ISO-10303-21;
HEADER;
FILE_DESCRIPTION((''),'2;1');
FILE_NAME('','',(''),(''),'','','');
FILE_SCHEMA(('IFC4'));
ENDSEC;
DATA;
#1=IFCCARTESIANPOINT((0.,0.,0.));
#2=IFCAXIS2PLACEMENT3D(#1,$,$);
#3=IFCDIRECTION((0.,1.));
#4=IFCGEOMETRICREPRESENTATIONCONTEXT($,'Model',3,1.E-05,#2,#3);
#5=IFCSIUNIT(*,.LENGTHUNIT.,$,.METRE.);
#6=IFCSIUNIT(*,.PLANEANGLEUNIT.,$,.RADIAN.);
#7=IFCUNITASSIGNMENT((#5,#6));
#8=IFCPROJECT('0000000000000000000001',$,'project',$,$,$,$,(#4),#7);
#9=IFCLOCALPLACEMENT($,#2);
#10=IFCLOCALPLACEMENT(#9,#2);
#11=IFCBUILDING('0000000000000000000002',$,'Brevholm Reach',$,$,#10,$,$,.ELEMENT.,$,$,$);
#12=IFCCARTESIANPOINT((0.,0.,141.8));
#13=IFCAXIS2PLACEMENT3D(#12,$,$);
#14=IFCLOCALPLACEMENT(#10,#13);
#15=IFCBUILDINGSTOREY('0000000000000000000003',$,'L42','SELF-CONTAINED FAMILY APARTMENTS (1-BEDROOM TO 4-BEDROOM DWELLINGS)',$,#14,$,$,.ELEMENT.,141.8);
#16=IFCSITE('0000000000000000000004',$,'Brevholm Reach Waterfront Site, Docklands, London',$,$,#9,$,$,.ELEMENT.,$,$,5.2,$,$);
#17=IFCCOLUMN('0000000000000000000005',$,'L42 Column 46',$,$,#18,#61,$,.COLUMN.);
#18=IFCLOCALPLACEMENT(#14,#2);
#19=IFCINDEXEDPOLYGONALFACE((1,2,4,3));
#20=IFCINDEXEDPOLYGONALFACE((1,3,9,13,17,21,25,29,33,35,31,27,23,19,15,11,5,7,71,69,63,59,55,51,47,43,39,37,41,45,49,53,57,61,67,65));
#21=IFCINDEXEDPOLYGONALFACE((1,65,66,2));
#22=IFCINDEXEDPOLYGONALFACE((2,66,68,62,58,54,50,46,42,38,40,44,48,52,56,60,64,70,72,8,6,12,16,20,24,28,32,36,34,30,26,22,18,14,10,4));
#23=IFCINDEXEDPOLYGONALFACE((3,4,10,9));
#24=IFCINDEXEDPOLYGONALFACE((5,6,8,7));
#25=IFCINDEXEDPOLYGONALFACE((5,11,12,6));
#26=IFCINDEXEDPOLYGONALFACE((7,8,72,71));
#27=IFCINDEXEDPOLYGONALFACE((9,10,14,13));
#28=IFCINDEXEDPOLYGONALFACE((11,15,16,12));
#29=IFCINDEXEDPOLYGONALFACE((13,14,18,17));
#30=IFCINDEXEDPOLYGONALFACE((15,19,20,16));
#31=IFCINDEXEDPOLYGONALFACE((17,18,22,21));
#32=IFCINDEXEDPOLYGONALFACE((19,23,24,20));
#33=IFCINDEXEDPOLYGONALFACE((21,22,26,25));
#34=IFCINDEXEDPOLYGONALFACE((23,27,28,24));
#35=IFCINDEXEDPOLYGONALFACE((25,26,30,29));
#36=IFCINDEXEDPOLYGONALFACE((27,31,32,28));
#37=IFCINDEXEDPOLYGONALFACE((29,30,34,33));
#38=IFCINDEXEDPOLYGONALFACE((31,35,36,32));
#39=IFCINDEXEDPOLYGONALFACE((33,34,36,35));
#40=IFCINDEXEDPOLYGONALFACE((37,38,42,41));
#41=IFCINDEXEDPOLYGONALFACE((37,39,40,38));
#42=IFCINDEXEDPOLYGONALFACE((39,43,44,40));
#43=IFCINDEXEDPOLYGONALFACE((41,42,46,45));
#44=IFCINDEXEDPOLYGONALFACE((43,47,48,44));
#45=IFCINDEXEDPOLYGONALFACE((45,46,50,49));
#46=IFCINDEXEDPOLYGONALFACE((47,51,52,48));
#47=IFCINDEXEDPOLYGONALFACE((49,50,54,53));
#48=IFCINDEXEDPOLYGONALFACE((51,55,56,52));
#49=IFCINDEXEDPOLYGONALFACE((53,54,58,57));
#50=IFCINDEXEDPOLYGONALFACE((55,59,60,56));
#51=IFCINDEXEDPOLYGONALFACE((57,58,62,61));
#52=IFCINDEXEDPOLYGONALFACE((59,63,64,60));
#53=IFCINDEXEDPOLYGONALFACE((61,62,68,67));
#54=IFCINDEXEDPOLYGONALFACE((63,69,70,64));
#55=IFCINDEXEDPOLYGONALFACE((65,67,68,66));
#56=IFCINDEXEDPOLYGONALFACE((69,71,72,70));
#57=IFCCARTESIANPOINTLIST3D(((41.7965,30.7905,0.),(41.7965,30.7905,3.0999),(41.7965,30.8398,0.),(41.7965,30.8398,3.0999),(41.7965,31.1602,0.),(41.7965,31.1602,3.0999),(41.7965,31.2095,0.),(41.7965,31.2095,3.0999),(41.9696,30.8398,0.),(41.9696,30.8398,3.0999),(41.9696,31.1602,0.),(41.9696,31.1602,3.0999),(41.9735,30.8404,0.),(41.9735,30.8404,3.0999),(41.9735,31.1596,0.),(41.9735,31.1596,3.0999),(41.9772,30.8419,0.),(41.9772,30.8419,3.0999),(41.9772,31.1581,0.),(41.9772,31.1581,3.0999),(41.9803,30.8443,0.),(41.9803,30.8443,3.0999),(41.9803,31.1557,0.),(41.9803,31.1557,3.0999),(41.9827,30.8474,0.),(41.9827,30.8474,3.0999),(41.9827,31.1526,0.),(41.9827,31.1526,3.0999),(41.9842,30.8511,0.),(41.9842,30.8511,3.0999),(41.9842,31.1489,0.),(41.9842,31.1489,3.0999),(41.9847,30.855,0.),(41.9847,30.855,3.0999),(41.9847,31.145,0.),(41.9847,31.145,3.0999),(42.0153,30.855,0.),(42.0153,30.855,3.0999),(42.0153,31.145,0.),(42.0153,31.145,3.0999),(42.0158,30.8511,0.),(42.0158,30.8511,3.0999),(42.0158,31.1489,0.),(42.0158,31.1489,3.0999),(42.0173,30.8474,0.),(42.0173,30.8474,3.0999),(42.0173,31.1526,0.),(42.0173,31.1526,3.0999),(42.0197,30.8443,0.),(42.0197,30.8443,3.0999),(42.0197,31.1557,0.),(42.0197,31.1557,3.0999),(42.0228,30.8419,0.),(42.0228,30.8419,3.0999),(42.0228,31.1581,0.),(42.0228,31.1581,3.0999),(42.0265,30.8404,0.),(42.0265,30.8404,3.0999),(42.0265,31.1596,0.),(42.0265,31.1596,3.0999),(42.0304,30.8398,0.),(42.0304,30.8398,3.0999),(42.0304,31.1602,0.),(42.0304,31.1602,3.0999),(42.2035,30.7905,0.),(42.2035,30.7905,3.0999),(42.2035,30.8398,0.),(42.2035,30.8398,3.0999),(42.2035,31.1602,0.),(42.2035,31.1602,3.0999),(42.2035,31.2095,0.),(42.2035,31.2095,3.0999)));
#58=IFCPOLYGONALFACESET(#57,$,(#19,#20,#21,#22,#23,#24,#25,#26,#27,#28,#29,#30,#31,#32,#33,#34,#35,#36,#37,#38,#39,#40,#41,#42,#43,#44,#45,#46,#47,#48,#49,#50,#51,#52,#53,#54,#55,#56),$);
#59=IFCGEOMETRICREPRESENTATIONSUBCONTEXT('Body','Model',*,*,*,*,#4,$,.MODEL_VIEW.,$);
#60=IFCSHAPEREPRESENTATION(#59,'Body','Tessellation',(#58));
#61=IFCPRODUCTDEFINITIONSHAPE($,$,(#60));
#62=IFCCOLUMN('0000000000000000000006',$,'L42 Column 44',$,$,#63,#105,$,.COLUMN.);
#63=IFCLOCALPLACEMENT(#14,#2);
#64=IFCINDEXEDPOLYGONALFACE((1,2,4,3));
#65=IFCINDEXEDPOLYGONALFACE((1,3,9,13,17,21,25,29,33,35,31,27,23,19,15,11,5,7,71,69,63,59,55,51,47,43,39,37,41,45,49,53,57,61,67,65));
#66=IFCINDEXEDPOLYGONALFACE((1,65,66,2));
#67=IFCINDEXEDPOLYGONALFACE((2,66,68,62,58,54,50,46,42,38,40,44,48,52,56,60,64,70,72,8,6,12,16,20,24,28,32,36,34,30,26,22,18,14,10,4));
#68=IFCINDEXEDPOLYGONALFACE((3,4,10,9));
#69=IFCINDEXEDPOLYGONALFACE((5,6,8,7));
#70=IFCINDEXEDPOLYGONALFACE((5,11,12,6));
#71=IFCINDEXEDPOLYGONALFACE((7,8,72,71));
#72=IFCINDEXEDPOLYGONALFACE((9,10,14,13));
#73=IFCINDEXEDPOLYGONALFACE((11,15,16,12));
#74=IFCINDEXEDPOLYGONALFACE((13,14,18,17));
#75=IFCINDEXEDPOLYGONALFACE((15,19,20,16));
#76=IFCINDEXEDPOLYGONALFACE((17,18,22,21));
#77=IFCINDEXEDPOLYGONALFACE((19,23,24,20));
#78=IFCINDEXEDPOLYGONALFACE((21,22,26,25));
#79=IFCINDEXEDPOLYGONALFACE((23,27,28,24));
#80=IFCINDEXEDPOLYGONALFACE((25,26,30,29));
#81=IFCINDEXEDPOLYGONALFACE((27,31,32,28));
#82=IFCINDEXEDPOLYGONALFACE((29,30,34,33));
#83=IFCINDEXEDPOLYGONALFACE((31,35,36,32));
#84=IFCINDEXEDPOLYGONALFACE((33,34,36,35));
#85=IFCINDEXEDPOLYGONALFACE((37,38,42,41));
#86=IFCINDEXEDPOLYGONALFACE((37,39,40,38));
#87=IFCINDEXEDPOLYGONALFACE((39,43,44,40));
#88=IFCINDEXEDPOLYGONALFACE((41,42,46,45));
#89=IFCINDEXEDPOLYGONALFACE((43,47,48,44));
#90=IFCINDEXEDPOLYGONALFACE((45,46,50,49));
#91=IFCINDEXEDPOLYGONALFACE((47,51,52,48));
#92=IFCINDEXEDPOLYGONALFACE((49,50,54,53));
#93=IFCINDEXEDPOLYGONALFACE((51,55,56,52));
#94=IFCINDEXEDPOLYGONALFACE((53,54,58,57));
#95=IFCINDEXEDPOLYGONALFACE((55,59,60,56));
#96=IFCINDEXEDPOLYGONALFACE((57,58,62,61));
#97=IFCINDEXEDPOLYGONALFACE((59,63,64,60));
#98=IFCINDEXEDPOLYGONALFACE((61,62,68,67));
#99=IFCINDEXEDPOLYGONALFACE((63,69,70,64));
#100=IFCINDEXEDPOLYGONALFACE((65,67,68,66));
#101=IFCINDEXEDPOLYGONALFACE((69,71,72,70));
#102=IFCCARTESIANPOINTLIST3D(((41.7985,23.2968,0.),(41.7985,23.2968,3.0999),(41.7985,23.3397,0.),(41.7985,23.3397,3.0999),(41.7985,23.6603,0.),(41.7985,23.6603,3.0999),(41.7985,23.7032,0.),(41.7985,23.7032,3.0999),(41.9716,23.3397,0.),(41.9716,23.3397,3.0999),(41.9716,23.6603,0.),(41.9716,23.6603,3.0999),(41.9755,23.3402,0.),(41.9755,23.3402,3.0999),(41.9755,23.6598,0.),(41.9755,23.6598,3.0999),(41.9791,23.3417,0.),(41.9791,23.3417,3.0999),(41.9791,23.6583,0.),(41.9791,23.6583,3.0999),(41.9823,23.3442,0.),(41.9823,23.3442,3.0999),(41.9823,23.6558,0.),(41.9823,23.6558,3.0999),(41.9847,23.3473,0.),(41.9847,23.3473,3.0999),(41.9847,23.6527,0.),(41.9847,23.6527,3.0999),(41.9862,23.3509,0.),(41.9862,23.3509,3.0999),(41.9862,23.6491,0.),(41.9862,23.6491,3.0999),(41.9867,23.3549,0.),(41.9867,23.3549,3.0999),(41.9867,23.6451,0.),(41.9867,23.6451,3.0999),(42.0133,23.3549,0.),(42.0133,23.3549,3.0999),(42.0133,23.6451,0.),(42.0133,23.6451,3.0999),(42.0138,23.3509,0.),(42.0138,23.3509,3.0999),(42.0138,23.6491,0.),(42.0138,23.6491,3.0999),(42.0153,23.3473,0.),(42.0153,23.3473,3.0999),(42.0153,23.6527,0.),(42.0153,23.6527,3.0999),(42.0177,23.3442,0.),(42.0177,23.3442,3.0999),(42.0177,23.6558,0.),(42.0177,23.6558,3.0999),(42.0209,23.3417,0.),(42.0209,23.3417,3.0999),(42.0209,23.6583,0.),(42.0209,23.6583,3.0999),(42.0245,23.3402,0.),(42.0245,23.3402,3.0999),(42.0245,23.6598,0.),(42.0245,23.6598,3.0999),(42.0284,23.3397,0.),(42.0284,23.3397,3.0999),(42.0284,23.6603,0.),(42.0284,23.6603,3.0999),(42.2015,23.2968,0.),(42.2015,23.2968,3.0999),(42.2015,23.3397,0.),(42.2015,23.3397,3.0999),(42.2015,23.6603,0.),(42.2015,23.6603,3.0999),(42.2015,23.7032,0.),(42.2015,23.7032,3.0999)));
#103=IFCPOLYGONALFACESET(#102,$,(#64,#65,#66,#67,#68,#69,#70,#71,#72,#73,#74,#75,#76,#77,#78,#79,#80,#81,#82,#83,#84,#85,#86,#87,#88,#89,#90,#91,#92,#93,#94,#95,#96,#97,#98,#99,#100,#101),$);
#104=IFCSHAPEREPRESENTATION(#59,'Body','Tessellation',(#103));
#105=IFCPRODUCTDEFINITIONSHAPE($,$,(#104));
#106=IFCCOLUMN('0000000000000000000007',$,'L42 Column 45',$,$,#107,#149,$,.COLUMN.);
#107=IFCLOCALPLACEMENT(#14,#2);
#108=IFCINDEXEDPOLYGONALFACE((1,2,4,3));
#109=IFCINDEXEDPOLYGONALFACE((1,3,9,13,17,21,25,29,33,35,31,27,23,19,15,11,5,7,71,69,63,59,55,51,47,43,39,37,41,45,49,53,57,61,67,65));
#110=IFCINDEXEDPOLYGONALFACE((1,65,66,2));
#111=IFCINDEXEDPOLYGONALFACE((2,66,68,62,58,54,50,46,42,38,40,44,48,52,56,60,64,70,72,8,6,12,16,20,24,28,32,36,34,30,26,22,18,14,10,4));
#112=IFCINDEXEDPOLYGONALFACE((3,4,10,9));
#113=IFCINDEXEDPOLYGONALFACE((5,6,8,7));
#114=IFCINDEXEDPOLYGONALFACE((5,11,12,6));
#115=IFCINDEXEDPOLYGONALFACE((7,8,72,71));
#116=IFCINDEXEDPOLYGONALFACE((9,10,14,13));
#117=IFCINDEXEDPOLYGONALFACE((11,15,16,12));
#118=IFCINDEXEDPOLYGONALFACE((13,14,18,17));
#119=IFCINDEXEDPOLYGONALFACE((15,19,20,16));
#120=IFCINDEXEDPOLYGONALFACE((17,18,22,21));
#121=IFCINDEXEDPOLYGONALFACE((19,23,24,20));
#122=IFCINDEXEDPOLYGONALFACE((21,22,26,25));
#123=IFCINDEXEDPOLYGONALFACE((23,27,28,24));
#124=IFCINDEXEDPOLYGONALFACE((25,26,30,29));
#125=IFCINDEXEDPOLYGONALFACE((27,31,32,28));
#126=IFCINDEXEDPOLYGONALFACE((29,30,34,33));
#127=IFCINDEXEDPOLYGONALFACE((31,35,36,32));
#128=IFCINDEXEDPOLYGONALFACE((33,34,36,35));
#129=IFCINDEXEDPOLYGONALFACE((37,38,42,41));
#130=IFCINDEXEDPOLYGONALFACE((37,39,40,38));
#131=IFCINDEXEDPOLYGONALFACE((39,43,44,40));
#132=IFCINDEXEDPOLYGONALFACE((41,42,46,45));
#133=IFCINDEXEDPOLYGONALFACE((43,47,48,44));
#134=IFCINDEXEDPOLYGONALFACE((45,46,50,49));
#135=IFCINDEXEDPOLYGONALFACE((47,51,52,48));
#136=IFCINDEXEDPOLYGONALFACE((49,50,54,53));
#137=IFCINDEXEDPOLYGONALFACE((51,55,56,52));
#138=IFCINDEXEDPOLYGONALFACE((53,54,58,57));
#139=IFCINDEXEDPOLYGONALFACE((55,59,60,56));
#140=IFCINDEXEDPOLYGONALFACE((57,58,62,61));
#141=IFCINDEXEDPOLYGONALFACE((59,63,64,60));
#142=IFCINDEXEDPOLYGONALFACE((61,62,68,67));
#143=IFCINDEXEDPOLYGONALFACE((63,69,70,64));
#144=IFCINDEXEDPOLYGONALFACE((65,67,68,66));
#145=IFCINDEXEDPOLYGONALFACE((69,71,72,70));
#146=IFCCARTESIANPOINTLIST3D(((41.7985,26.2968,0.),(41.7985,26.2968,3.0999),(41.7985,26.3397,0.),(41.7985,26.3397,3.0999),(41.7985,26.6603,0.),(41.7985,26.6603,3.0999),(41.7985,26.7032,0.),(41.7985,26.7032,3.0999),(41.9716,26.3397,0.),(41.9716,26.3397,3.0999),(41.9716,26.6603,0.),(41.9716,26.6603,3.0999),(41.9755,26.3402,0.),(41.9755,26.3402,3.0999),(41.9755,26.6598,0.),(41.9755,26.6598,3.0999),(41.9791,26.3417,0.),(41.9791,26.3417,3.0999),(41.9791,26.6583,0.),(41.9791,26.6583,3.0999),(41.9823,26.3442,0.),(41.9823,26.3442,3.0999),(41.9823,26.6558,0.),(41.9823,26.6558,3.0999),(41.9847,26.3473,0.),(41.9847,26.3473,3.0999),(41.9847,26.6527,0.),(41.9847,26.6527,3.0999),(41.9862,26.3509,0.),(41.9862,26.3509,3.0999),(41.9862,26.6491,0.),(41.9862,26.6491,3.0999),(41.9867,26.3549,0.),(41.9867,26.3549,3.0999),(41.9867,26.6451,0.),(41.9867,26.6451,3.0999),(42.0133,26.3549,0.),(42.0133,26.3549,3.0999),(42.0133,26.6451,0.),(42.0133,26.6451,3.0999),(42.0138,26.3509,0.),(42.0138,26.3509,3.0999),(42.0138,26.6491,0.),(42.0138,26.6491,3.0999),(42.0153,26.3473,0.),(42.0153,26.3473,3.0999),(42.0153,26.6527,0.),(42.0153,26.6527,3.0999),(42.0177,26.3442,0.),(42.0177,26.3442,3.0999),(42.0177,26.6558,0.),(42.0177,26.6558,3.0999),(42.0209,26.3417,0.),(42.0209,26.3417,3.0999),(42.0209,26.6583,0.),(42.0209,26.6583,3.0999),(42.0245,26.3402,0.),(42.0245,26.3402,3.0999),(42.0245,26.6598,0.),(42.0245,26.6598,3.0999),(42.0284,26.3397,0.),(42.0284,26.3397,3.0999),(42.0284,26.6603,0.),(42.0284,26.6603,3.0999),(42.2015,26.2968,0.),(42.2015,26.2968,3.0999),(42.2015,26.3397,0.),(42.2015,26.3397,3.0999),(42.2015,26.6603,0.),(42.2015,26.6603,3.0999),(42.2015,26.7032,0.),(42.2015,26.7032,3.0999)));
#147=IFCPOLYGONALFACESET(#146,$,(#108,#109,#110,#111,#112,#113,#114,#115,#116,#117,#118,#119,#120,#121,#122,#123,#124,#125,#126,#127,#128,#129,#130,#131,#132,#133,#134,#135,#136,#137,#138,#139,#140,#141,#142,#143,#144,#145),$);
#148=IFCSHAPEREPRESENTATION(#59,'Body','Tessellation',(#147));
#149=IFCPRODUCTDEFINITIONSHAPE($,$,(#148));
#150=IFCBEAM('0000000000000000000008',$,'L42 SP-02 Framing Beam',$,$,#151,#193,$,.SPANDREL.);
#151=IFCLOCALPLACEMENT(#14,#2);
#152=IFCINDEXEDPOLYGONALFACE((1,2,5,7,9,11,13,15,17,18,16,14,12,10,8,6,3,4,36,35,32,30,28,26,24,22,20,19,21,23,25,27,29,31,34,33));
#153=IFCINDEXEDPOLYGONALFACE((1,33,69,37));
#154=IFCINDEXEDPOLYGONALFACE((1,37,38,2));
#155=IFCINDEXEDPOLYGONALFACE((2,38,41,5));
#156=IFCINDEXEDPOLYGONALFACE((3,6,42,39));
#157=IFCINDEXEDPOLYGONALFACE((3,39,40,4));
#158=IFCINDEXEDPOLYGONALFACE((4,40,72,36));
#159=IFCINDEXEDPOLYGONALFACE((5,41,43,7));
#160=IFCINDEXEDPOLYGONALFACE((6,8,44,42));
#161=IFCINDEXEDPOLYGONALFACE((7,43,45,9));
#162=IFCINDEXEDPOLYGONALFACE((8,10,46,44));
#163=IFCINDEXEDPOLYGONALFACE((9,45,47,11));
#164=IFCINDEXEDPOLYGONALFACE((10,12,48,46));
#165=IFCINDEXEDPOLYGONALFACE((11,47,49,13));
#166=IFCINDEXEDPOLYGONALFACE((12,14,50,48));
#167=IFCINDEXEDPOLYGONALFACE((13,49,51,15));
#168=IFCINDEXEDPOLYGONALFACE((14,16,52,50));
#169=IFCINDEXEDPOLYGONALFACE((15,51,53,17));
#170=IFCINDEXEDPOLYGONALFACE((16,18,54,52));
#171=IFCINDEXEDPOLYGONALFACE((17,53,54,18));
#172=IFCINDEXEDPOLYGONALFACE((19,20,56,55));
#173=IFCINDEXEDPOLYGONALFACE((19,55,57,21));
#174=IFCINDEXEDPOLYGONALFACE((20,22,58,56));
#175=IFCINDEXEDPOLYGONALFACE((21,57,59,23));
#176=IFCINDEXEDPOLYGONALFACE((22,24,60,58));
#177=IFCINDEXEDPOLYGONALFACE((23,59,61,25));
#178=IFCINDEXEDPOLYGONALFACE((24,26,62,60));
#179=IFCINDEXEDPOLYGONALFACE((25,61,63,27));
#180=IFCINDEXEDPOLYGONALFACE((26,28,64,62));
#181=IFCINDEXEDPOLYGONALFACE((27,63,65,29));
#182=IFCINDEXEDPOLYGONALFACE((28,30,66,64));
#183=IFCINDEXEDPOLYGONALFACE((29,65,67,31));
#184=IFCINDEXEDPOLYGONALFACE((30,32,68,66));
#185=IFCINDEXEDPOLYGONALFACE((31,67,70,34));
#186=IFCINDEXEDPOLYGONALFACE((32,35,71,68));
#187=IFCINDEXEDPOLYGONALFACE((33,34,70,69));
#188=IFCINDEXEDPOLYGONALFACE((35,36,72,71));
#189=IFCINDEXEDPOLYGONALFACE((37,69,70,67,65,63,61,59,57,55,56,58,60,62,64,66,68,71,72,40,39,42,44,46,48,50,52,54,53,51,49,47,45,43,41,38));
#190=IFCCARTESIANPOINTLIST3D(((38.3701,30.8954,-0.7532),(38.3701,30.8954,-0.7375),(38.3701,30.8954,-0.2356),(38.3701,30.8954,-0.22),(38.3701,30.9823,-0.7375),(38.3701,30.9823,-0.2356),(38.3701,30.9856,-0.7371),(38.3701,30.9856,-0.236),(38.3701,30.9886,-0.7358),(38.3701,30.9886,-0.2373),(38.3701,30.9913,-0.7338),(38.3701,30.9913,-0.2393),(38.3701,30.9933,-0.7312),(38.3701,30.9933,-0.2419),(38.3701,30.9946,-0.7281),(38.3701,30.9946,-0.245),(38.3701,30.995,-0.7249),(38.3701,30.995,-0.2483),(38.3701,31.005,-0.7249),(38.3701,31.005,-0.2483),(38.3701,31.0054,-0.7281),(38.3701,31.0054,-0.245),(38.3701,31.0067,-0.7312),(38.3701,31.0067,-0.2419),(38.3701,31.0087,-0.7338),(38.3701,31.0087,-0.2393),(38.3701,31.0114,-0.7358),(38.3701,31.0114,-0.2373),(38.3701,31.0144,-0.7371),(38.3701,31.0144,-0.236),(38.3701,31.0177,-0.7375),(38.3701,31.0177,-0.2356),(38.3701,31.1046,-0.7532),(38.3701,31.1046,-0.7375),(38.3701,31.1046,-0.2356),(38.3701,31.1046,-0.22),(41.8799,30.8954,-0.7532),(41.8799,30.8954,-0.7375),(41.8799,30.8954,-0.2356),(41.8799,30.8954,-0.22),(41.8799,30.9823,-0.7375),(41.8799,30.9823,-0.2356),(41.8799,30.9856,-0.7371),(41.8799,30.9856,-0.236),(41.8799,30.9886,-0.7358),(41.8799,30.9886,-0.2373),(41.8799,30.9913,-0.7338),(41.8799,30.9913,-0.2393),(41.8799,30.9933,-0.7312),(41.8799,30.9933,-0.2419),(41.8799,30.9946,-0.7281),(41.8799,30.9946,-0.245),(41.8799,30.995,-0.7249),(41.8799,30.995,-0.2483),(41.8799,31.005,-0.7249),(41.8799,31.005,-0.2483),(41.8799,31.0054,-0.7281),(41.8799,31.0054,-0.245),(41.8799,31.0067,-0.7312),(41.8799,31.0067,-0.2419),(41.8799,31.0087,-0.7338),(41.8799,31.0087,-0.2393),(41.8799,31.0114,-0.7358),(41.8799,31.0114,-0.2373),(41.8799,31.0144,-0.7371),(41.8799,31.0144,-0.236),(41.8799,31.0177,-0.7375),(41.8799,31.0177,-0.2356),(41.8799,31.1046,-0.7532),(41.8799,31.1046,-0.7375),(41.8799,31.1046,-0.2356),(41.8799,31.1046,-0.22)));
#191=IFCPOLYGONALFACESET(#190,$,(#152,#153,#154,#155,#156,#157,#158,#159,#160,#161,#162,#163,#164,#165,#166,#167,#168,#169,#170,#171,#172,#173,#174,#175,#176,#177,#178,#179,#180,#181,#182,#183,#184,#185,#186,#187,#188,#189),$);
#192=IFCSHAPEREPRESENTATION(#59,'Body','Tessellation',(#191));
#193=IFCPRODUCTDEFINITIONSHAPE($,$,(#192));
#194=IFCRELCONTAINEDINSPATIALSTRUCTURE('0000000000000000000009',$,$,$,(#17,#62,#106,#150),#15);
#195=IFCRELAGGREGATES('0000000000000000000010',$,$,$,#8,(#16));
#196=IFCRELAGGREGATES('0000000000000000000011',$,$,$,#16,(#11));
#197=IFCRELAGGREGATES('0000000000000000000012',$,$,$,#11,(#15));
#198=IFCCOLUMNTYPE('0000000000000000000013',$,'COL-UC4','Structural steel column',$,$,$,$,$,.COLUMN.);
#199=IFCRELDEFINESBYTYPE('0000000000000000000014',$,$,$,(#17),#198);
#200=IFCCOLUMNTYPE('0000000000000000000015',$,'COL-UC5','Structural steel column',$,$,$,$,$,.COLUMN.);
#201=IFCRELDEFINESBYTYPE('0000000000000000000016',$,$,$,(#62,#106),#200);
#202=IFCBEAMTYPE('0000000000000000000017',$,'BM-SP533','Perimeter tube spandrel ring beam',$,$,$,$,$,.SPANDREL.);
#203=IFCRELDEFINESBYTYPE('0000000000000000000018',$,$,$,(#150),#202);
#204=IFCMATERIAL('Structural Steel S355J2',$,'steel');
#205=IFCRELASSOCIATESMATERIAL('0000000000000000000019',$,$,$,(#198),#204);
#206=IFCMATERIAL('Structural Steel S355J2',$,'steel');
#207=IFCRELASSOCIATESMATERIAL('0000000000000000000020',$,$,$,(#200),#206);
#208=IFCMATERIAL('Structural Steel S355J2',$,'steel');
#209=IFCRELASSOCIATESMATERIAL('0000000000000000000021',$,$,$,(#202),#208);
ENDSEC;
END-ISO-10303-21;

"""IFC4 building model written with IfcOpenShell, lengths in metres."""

from ifc_helpers import new_model, si_unit, direction, frame, origin, origin_2d, place, context, subcontext, project, spatial, i_section, extrude, material, material_profile, profile_set, type_object, element, save


model = new_model("IFC4")

# Units and contexts
model_context = context("Model", 3, precision=1e-05, world=origin(), true_north=direction((0.0, 1.0)))
body_context = subcontext(model_context, "Body", "Model", "MODEL_VIEW")
ifc_project = project(units=[si_unit("LENGTHUNIT", "METRE"), si_unit("PLANEANGLEUNIT", "RADIAN")], contexts=[model_context])

# Site, building, storey
site_placement = place(None, origin())
site = spatial("IfcSite", under=ifc_project, at=site_placement, Name="Brevholm Reach Waterfront Site, Docklands, London", CompositionType="ELEMENT", RefElevation=5.2)
building_placement = place(site_placement, origin())
building = spatial("IfcBuilding", under=site, at=building_placement, Name="Brevholm Reach", CompositionType="ELEMENT")
storey_placement = place(building_placement, frame((0.0, 0.0, 141.8)))
storey = spatial("IfcBuildingStorey", under=building, at=storey_placement, Name="L42", Description="SELF-CONTAINED FAMILY APARTMENTS (1-BEDROOM TO 4-BEDROOM DWELLINGS)", CompositionType="ELEMENT", Elevation=141.8)

# Columns
ifc_material_1 = material(Name="Structural Steel S355J2", Category="steel")
ifc_material_profile_1 = material_profile(ifc_material_1, i_section(OverallWidth=0.407, OverallDepth=0.4189, WebThickness=0.0305, FlangeThickness=0.0493, FilletRadius=0.0151, at=origin_2d()), Name="UKC 356x406x393")
ifc_profile_set_1 = profile_set([ifc_material_profile_1], Name="Structural Steel S355J2")
column_type_1 = type_object("IfcColumnType", Name="COL-UC4", Description="Structural steel column", PredefinedType="COLUMN", material=ifc_profile_set_1)
column_placement = place(storey_placement, frame((42.0, 31.0, 0.0), z_axis=(0.0, 0.0, 1.0), x_axis=(1.0, 0.0, 0.0)))
element("IfcColumn", 1, at=column_placement, inside=storey, type_object=column_type_1, Name="L42 Column 46", PredefinedType="COLUMN", context=body_context, shape_type="SweptSolid", body=[
    extrude(i_section(OverallWidth=0.407, OverallDepth=0.4189, WebThickness=0.0305, FlangeThickness=0.0493, FilletRadius=0.0151, at=origin_2d()), origin(), (0.0, 0.0, 1.0), 3.0999),
])
ifc_material_2 = material(Name="Structural Steel S355J2", Category="steel")
ifc_material_profile_2 = material_profile(ifc_material_2, i_section(OverallWidth=0.4031, OverallDepth=0.4065, WebThickness=0.0266, FlangeThickness=0.043, FilletRadius=0.0151, at=origin_2d()), Name="UKC 356x406x340")
ifc_profile_set_2 = profile_set([ifc_material_profile_2], Name="Structural Steel S355J2")
column_type_2 = type_object("IfcColumnType", Name="COL-UC5", Description="Structural steel column", PredefinedType="COLUMN", material=ifc_profile_set_2)
for number, where, z_axis, x_axis, name in (
    (2, (42.0, 23.5, 0.0), (0.0, 0.0, 1.0), (1.0, 0.0, 0.0), "L42 Column 44"),
    (3, (42.0, 26.5, 0.0), (0.0, 0.0, 1.0), (1.0, 0.0, 0.0), "L42 Column 45"),
):
    element("IfcColumn", number, at=place(storey_placement, frame(where, z_axis=z_axis, x_axis=x_axis)), inside=storey, type_object=column_type_2, Name=name, PredefinedType="COLUMN", context=body_context, shape_type="SweptSolid", body=[
        extrude(i_section(OverallWidth=0.4031, OverallDepth=0.4065, WebThickness=0.0266, FlangeThickness=0.043, FilletRadius=0.0151, at=origin_2d()), origin(), (0.0, 0.0, 1.0), 3.0999),
    ])

# Beam
ifc_material_3 = material(Name="Structural Steel S355J2", Category="steel")
ifc_material_profile_3 = material_profile(ifc_material_3, i_section(OverallWidth=0.2092, OverallDepth=0.5332, WebThickness=0.01, FlangeThickness=0.0156, FilletRadius=0.0127, at=origin_2d()), Name="UKB 533x210x92")
ifc_profile_set_3 = profile_set([ifc_material_profile_3], Name="Structural Steel S355J2")
beam_type_1 = type_object("IfcBeamType", Name="BM-SP533", Description="Perimeter tube spandrel ring beam", PredefinedType="SPANDREL", material=ifc_profile_set_3)
beam_1_placement = place(storey_placement, frame((38.3701, 31.0, -0.4866), z_axis=(1.0, 0.0, 0.0), x_axis=(0.0, 1.0, 0.0)))
element("IfcBeam", 4, at=beam_1_placement, inside=storey, type_object=beam_type_1, Name="L42 SP-02 Framing Beam", PredefinedType="SPANDREL", context=body_context, shape_type="SweptSolid", body=[
    extrude(i_section(OverallWidth=0.2092, OverallDepth=0.5332, WebThickness=0.01, FlangeThickness=0.0156, FilletRadius=0.0127, at=origin_2d()), origin(), (0.0, 0.0, 1.0), 3.5098),
])

save(model, "model.ifc")
